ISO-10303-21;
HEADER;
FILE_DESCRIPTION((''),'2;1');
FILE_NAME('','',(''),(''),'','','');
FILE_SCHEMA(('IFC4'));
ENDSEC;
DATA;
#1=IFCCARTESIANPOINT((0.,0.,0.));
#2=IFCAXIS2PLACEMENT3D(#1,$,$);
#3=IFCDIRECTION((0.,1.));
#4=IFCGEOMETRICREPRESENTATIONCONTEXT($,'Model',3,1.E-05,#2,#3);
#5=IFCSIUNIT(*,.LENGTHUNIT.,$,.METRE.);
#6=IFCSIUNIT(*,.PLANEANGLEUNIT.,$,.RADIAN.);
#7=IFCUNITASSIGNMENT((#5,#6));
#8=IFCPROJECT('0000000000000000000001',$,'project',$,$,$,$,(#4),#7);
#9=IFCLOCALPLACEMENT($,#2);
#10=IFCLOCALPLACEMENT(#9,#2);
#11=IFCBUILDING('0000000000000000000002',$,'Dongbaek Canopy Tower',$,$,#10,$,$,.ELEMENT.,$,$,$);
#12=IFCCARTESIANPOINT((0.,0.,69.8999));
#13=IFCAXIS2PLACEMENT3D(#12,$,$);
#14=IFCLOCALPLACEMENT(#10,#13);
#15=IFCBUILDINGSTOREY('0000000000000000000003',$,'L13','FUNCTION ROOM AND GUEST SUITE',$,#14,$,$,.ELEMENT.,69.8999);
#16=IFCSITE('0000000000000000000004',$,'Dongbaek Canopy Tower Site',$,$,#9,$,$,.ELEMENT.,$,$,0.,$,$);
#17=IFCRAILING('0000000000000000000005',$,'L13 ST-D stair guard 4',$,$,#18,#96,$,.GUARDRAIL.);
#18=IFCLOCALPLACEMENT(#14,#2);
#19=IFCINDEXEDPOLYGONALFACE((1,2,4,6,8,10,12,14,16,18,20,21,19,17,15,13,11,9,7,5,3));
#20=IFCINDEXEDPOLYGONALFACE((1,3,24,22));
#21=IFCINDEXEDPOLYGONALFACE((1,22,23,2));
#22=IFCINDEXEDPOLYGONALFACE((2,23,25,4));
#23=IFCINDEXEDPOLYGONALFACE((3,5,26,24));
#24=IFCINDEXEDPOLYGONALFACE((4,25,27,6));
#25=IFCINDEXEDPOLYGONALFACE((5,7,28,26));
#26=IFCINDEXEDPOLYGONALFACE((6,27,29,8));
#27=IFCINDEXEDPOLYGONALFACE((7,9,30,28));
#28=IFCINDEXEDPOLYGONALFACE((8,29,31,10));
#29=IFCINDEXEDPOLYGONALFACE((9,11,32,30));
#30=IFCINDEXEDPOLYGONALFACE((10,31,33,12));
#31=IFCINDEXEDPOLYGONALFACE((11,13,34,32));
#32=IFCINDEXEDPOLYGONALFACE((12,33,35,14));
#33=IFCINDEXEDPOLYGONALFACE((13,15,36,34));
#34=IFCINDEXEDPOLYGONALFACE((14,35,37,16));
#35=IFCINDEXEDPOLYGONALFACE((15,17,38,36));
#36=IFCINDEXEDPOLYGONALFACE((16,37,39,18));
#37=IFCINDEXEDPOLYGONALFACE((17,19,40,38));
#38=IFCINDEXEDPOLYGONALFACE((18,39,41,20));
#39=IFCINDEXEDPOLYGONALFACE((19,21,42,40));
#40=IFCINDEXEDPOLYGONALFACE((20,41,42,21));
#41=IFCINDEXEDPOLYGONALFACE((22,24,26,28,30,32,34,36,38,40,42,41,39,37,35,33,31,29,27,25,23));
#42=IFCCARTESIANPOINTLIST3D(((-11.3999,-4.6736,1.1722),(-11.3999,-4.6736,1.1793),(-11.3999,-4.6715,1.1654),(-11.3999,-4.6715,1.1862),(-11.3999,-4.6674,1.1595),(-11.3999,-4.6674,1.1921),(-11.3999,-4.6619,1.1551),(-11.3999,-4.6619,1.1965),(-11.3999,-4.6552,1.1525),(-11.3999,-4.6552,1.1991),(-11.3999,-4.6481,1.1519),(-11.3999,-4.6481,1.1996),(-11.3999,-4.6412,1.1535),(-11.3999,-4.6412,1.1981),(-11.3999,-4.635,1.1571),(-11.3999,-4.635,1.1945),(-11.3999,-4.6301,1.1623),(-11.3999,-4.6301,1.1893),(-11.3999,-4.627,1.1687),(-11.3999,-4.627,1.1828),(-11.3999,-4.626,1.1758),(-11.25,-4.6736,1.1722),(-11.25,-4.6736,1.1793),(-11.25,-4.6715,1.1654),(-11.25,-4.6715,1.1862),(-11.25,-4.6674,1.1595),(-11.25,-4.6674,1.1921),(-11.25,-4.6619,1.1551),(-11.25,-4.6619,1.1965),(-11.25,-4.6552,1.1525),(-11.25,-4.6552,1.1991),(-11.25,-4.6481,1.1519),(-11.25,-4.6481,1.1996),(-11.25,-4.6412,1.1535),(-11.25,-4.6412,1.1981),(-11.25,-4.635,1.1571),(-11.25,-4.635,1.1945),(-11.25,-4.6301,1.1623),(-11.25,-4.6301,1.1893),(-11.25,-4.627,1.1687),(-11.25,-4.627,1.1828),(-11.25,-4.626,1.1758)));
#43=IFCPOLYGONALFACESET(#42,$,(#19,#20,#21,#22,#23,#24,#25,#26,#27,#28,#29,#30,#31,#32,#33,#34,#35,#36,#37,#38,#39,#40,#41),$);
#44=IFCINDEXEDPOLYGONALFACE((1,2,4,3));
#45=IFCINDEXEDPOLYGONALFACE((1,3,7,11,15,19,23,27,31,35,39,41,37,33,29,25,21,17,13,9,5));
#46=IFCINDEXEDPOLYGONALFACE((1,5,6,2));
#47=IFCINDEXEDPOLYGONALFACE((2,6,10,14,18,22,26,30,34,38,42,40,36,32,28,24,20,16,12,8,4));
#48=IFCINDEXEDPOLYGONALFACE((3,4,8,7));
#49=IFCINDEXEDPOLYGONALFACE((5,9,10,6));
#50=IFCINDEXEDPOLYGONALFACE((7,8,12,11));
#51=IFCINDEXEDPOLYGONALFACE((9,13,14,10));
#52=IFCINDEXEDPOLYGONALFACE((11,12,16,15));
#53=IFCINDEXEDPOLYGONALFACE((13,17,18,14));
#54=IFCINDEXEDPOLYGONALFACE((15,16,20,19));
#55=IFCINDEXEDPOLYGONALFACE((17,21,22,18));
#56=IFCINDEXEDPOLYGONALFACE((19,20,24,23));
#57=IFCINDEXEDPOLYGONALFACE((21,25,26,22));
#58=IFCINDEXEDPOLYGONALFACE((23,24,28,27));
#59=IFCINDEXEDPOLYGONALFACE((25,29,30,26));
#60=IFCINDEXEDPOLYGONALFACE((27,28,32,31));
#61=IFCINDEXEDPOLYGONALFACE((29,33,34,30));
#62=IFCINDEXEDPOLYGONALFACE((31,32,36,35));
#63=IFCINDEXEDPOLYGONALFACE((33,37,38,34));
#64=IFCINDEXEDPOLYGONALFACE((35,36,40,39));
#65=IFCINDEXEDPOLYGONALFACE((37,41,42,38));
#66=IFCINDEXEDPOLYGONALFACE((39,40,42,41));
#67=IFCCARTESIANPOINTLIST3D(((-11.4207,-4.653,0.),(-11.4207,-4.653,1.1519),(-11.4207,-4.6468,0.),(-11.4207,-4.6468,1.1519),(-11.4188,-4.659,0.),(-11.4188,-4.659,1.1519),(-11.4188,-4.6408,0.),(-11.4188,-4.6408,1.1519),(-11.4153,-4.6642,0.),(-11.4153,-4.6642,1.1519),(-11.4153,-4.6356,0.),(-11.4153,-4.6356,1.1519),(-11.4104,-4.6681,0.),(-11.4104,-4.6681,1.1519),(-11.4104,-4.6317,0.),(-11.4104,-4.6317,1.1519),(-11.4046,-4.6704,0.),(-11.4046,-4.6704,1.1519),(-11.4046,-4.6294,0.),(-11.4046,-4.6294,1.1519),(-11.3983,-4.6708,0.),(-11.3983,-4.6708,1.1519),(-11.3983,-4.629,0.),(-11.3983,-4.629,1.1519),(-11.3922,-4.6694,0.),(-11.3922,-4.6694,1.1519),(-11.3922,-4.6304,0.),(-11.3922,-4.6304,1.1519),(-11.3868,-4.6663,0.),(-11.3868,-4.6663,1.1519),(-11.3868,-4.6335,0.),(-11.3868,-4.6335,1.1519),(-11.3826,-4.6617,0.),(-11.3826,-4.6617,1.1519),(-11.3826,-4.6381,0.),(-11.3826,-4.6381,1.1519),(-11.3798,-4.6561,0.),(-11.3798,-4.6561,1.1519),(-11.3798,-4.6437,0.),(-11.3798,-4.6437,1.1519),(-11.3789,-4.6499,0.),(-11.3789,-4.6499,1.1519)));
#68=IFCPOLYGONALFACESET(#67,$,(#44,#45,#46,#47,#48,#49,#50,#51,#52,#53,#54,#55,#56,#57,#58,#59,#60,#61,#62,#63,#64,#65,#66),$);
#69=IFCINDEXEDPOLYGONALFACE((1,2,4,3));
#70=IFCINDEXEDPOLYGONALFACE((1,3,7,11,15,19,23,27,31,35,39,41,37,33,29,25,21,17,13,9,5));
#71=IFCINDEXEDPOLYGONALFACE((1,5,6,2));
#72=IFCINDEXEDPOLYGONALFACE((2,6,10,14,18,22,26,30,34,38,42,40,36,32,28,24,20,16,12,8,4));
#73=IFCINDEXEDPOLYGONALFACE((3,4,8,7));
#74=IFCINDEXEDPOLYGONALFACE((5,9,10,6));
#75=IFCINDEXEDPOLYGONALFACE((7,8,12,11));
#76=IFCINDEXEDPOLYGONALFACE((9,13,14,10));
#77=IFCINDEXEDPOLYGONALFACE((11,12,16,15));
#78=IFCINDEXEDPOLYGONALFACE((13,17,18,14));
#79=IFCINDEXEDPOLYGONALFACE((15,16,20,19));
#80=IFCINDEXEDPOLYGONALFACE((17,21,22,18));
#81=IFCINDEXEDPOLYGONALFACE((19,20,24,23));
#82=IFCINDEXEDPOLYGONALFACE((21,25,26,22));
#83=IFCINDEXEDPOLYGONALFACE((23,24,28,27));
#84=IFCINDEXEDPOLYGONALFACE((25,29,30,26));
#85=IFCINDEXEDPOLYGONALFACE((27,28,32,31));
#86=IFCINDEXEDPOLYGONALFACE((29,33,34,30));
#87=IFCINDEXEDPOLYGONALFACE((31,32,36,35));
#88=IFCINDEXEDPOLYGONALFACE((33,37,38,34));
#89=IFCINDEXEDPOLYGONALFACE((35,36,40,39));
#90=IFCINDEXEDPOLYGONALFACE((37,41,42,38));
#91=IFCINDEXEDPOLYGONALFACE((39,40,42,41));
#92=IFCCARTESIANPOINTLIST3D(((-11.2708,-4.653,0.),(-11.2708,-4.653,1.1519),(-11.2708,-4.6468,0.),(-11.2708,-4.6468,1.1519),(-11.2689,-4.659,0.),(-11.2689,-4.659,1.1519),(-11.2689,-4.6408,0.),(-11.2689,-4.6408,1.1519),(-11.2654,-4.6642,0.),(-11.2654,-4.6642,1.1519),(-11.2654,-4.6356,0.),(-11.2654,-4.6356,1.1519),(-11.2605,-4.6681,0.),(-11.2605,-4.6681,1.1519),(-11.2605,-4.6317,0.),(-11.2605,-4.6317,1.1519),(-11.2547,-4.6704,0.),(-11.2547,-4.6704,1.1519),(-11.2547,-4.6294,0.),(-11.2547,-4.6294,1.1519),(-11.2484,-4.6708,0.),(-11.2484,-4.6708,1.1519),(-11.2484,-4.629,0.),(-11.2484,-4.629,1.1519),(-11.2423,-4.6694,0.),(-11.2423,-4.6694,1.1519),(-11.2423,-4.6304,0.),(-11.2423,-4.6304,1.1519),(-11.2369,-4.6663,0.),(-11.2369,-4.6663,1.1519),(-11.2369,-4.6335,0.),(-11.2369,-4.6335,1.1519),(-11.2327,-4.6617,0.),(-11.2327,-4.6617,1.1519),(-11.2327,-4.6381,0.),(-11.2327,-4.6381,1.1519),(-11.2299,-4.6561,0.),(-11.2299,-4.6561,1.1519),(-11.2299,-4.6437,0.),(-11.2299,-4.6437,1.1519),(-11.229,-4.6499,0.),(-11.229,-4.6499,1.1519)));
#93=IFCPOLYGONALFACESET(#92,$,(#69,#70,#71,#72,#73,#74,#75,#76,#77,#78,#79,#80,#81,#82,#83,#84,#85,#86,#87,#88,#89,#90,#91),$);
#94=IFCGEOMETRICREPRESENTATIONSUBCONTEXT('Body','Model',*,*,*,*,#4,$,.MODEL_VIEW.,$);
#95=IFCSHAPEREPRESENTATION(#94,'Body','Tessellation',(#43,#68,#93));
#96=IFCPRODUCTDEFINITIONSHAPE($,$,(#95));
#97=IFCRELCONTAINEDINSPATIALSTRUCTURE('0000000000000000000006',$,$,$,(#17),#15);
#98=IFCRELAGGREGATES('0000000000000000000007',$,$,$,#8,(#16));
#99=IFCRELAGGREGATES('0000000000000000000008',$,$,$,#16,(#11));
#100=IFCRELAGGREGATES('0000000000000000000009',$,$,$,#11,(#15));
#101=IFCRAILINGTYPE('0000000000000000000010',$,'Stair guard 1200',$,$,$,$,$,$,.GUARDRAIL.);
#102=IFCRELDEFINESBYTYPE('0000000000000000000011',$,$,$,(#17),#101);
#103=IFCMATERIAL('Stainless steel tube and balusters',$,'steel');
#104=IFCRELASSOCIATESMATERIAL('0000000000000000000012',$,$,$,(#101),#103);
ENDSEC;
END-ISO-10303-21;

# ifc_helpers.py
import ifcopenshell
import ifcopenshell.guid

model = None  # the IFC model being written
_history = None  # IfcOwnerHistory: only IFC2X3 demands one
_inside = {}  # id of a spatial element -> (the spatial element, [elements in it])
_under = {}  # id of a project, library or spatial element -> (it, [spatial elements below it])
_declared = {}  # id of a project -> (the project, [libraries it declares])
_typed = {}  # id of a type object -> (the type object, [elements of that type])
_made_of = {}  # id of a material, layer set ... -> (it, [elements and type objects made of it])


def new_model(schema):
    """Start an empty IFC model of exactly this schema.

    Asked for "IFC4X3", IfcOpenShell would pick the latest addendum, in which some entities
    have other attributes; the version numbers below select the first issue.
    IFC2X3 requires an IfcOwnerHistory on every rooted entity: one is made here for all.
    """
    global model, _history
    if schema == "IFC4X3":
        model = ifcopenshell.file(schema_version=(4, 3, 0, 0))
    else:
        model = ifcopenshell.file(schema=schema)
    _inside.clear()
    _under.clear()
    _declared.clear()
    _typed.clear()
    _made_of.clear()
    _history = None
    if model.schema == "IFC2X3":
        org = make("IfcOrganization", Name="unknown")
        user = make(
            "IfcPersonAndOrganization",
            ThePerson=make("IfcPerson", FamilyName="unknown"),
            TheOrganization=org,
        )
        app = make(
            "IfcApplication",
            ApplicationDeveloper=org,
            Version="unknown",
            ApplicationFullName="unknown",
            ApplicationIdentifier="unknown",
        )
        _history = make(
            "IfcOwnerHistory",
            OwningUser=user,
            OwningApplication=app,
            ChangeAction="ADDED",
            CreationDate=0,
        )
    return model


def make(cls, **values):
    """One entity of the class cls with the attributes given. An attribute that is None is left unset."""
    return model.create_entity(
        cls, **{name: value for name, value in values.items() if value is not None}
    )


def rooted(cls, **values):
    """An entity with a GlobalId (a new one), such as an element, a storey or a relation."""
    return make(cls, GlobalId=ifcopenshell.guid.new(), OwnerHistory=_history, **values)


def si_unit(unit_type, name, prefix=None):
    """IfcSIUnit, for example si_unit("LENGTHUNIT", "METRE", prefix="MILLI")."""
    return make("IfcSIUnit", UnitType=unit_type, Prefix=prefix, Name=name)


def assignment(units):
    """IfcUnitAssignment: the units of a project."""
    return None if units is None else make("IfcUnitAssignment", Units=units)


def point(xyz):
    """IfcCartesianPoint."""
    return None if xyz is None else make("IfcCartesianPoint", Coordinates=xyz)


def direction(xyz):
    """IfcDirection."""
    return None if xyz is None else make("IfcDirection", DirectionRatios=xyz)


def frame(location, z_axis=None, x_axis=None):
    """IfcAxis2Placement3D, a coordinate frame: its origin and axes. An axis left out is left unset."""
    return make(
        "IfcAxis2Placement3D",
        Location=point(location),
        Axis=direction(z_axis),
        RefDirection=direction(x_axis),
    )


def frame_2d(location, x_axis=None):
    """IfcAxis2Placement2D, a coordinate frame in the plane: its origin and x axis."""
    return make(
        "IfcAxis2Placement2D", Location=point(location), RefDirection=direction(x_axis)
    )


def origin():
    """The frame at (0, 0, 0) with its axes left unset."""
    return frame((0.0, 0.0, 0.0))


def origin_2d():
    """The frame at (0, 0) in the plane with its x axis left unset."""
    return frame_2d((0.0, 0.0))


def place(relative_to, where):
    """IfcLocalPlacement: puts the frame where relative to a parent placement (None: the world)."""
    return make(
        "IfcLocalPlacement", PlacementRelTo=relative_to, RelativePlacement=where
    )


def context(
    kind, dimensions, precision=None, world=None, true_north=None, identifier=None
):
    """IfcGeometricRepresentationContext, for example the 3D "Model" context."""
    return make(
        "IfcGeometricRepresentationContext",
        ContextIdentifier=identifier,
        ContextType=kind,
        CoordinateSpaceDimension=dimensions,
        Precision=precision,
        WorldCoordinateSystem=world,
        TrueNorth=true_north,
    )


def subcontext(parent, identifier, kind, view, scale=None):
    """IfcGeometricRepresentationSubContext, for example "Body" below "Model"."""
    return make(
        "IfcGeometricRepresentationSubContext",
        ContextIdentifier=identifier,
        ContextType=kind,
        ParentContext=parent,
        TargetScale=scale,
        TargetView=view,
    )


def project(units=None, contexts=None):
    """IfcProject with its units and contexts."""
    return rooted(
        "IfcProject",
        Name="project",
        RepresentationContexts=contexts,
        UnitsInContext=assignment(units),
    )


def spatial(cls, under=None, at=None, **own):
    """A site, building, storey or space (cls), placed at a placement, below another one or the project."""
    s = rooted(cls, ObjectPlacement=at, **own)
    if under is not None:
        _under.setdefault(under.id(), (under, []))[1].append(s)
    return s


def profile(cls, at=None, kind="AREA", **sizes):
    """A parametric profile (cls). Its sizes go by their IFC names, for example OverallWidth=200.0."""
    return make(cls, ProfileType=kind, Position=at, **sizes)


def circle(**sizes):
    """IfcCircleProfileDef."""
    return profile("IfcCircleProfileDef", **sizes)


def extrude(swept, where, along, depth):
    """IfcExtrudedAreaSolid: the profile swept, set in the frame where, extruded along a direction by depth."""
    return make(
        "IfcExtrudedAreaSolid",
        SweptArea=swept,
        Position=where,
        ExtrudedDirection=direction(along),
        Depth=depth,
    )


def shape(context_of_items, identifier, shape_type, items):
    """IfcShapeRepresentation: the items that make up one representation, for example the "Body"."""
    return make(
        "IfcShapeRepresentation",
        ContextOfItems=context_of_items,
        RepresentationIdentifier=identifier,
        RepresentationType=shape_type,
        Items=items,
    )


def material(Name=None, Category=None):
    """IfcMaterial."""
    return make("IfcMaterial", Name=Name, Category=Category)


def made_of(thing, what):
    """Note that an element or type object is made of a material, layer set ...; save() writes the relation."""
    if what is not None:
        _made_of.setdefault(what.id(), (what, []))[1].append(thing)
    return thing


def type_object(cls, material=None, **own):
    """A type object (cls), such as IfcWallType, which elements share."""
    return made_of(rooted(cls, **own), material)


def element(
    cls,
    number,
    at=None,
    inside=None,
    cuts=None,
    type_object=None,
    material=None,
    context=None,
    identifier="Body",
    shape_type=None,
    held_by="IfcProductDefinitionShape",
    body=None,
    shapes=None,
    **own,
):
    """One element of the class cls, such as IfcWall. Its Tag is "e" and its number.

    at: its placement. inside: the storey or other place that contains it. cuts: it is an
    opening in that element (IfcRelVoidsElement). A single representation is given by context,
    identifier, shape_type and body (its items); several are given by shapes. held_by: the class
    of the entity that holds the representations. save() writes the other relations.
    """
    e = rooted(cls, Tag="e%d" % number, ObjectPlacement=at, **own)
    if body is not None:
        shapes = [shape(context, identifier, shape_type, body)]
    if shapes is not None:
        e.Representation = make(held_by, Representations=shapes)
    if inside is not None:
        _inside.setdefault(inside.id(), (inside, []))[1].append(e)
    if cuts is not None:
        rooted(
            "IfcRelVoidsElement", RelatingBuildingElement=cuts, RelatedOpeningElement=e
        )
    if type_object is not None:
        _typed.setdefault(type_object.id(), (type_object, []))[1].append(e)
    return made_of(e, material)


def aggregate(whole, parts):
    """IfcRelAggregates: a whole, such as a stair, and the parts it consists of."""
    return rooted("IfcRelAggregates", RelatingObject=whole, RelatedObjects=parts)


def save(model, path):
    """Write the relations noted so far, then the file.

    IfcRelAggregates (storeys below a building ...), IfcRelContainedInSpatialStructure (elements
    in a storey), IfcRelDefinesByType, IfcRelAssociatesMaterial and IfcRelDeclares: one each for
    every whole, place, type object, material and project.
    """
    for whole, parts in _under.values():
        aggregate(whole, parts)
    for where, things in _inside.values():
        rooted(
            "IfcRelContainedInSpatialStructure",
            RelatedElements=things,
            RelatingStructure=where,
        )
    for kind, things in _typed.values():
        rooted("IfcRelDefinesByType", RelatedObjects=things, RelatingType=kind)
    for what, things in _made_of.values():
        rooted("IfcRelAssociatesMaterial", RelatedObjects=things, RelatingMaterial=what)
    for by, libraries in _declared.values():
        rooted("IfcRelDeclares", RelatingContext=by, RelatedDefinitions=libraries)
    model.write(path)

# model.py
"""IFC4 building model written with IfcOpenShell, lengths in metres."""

from ifc_helpers import new_model, si_unit, direction, frame, origin, origin_2d, place, context, subcontext, project, spatial, circle, extrude, material, type_object, element, save


model = new_model("IFC4")

# Units and contexts
model_context = context("Model", 3, precision=1e-05, world=origin(), true_north=direction((0.0, 1.0)))
body_context = subcontext(model_context, "Body", "Model", "MODEL_VIEW")
ifc_project = project(units=[si_unit("LENGTHUNIT", "METRE"), si_unit("PLANEANGLEUNIT", "RADIAN")], contexts=[model_context])

# Site, building, storey
site_placement = place(None, origin())
site = spatial("IfcSite", under=ifc_project, at=site_placement, Name="Dongbaek Canopy Tower Site", CompositionType="ELEMENT", RefElevation=0.0)
building_placement = place(site_placement, origin())
building = spatial("IfcBuilding", under=site, at=building_placement, Name="Dongbaek Canopy Tower", CompositionType="ELEMENT")
storey_placement = place(building_placement, frame((0.0, 0.0, 69.8999)))
storey = spatial("IfcBuildingStorey", under=building, at=storey_placement, Name="L13", Description="FUNCTION ROOM AND GUEST SUITE", CompositionType="ELEMENT", Elevation=69.8999)

# Railing
ifc_material_1 = material(Name="Stainless steel tube and balusters", Category="steel")
railing_type_1 = type_object("IfcRailingType", Name="Stair guard 1200", PredefinedType="GUARDRAIL", material=ifc_material_1)
railing_1_placement = place(storey_placement, frame((-11.3999, -4.6499, 0.0)))
element("IfcRailing", 1, at=railing_1_placement, inside=storey, type_object=railing_type_1, Name="L13 ST-D stair guard 4", PredefinedType="GUARDRAIL", context=body_context, shape_type="SweptSolid", body=[
    extrude(circle(Radius=0.0239, at=origin_2d()), frame((0.0, 0.0, 1.1758), z_axis=(1.0, 0.0, 0.0), x_axis=(0.0, 1.0, 0.0)), (0.0, 0.0, 1.0), 0.1499),
    extrude(circle(Radius=0.021, at=origin_2d()), origin(), (0.0, 0.0, 1.0), 1.1519),
    extrude(circle(Radius=0.021, at=origin_2d()), frame((0.1499, 0.0, 0.0)), (0.0, 0.0, 1.0), 1.1519),
])

save(model, "model.ifc")
